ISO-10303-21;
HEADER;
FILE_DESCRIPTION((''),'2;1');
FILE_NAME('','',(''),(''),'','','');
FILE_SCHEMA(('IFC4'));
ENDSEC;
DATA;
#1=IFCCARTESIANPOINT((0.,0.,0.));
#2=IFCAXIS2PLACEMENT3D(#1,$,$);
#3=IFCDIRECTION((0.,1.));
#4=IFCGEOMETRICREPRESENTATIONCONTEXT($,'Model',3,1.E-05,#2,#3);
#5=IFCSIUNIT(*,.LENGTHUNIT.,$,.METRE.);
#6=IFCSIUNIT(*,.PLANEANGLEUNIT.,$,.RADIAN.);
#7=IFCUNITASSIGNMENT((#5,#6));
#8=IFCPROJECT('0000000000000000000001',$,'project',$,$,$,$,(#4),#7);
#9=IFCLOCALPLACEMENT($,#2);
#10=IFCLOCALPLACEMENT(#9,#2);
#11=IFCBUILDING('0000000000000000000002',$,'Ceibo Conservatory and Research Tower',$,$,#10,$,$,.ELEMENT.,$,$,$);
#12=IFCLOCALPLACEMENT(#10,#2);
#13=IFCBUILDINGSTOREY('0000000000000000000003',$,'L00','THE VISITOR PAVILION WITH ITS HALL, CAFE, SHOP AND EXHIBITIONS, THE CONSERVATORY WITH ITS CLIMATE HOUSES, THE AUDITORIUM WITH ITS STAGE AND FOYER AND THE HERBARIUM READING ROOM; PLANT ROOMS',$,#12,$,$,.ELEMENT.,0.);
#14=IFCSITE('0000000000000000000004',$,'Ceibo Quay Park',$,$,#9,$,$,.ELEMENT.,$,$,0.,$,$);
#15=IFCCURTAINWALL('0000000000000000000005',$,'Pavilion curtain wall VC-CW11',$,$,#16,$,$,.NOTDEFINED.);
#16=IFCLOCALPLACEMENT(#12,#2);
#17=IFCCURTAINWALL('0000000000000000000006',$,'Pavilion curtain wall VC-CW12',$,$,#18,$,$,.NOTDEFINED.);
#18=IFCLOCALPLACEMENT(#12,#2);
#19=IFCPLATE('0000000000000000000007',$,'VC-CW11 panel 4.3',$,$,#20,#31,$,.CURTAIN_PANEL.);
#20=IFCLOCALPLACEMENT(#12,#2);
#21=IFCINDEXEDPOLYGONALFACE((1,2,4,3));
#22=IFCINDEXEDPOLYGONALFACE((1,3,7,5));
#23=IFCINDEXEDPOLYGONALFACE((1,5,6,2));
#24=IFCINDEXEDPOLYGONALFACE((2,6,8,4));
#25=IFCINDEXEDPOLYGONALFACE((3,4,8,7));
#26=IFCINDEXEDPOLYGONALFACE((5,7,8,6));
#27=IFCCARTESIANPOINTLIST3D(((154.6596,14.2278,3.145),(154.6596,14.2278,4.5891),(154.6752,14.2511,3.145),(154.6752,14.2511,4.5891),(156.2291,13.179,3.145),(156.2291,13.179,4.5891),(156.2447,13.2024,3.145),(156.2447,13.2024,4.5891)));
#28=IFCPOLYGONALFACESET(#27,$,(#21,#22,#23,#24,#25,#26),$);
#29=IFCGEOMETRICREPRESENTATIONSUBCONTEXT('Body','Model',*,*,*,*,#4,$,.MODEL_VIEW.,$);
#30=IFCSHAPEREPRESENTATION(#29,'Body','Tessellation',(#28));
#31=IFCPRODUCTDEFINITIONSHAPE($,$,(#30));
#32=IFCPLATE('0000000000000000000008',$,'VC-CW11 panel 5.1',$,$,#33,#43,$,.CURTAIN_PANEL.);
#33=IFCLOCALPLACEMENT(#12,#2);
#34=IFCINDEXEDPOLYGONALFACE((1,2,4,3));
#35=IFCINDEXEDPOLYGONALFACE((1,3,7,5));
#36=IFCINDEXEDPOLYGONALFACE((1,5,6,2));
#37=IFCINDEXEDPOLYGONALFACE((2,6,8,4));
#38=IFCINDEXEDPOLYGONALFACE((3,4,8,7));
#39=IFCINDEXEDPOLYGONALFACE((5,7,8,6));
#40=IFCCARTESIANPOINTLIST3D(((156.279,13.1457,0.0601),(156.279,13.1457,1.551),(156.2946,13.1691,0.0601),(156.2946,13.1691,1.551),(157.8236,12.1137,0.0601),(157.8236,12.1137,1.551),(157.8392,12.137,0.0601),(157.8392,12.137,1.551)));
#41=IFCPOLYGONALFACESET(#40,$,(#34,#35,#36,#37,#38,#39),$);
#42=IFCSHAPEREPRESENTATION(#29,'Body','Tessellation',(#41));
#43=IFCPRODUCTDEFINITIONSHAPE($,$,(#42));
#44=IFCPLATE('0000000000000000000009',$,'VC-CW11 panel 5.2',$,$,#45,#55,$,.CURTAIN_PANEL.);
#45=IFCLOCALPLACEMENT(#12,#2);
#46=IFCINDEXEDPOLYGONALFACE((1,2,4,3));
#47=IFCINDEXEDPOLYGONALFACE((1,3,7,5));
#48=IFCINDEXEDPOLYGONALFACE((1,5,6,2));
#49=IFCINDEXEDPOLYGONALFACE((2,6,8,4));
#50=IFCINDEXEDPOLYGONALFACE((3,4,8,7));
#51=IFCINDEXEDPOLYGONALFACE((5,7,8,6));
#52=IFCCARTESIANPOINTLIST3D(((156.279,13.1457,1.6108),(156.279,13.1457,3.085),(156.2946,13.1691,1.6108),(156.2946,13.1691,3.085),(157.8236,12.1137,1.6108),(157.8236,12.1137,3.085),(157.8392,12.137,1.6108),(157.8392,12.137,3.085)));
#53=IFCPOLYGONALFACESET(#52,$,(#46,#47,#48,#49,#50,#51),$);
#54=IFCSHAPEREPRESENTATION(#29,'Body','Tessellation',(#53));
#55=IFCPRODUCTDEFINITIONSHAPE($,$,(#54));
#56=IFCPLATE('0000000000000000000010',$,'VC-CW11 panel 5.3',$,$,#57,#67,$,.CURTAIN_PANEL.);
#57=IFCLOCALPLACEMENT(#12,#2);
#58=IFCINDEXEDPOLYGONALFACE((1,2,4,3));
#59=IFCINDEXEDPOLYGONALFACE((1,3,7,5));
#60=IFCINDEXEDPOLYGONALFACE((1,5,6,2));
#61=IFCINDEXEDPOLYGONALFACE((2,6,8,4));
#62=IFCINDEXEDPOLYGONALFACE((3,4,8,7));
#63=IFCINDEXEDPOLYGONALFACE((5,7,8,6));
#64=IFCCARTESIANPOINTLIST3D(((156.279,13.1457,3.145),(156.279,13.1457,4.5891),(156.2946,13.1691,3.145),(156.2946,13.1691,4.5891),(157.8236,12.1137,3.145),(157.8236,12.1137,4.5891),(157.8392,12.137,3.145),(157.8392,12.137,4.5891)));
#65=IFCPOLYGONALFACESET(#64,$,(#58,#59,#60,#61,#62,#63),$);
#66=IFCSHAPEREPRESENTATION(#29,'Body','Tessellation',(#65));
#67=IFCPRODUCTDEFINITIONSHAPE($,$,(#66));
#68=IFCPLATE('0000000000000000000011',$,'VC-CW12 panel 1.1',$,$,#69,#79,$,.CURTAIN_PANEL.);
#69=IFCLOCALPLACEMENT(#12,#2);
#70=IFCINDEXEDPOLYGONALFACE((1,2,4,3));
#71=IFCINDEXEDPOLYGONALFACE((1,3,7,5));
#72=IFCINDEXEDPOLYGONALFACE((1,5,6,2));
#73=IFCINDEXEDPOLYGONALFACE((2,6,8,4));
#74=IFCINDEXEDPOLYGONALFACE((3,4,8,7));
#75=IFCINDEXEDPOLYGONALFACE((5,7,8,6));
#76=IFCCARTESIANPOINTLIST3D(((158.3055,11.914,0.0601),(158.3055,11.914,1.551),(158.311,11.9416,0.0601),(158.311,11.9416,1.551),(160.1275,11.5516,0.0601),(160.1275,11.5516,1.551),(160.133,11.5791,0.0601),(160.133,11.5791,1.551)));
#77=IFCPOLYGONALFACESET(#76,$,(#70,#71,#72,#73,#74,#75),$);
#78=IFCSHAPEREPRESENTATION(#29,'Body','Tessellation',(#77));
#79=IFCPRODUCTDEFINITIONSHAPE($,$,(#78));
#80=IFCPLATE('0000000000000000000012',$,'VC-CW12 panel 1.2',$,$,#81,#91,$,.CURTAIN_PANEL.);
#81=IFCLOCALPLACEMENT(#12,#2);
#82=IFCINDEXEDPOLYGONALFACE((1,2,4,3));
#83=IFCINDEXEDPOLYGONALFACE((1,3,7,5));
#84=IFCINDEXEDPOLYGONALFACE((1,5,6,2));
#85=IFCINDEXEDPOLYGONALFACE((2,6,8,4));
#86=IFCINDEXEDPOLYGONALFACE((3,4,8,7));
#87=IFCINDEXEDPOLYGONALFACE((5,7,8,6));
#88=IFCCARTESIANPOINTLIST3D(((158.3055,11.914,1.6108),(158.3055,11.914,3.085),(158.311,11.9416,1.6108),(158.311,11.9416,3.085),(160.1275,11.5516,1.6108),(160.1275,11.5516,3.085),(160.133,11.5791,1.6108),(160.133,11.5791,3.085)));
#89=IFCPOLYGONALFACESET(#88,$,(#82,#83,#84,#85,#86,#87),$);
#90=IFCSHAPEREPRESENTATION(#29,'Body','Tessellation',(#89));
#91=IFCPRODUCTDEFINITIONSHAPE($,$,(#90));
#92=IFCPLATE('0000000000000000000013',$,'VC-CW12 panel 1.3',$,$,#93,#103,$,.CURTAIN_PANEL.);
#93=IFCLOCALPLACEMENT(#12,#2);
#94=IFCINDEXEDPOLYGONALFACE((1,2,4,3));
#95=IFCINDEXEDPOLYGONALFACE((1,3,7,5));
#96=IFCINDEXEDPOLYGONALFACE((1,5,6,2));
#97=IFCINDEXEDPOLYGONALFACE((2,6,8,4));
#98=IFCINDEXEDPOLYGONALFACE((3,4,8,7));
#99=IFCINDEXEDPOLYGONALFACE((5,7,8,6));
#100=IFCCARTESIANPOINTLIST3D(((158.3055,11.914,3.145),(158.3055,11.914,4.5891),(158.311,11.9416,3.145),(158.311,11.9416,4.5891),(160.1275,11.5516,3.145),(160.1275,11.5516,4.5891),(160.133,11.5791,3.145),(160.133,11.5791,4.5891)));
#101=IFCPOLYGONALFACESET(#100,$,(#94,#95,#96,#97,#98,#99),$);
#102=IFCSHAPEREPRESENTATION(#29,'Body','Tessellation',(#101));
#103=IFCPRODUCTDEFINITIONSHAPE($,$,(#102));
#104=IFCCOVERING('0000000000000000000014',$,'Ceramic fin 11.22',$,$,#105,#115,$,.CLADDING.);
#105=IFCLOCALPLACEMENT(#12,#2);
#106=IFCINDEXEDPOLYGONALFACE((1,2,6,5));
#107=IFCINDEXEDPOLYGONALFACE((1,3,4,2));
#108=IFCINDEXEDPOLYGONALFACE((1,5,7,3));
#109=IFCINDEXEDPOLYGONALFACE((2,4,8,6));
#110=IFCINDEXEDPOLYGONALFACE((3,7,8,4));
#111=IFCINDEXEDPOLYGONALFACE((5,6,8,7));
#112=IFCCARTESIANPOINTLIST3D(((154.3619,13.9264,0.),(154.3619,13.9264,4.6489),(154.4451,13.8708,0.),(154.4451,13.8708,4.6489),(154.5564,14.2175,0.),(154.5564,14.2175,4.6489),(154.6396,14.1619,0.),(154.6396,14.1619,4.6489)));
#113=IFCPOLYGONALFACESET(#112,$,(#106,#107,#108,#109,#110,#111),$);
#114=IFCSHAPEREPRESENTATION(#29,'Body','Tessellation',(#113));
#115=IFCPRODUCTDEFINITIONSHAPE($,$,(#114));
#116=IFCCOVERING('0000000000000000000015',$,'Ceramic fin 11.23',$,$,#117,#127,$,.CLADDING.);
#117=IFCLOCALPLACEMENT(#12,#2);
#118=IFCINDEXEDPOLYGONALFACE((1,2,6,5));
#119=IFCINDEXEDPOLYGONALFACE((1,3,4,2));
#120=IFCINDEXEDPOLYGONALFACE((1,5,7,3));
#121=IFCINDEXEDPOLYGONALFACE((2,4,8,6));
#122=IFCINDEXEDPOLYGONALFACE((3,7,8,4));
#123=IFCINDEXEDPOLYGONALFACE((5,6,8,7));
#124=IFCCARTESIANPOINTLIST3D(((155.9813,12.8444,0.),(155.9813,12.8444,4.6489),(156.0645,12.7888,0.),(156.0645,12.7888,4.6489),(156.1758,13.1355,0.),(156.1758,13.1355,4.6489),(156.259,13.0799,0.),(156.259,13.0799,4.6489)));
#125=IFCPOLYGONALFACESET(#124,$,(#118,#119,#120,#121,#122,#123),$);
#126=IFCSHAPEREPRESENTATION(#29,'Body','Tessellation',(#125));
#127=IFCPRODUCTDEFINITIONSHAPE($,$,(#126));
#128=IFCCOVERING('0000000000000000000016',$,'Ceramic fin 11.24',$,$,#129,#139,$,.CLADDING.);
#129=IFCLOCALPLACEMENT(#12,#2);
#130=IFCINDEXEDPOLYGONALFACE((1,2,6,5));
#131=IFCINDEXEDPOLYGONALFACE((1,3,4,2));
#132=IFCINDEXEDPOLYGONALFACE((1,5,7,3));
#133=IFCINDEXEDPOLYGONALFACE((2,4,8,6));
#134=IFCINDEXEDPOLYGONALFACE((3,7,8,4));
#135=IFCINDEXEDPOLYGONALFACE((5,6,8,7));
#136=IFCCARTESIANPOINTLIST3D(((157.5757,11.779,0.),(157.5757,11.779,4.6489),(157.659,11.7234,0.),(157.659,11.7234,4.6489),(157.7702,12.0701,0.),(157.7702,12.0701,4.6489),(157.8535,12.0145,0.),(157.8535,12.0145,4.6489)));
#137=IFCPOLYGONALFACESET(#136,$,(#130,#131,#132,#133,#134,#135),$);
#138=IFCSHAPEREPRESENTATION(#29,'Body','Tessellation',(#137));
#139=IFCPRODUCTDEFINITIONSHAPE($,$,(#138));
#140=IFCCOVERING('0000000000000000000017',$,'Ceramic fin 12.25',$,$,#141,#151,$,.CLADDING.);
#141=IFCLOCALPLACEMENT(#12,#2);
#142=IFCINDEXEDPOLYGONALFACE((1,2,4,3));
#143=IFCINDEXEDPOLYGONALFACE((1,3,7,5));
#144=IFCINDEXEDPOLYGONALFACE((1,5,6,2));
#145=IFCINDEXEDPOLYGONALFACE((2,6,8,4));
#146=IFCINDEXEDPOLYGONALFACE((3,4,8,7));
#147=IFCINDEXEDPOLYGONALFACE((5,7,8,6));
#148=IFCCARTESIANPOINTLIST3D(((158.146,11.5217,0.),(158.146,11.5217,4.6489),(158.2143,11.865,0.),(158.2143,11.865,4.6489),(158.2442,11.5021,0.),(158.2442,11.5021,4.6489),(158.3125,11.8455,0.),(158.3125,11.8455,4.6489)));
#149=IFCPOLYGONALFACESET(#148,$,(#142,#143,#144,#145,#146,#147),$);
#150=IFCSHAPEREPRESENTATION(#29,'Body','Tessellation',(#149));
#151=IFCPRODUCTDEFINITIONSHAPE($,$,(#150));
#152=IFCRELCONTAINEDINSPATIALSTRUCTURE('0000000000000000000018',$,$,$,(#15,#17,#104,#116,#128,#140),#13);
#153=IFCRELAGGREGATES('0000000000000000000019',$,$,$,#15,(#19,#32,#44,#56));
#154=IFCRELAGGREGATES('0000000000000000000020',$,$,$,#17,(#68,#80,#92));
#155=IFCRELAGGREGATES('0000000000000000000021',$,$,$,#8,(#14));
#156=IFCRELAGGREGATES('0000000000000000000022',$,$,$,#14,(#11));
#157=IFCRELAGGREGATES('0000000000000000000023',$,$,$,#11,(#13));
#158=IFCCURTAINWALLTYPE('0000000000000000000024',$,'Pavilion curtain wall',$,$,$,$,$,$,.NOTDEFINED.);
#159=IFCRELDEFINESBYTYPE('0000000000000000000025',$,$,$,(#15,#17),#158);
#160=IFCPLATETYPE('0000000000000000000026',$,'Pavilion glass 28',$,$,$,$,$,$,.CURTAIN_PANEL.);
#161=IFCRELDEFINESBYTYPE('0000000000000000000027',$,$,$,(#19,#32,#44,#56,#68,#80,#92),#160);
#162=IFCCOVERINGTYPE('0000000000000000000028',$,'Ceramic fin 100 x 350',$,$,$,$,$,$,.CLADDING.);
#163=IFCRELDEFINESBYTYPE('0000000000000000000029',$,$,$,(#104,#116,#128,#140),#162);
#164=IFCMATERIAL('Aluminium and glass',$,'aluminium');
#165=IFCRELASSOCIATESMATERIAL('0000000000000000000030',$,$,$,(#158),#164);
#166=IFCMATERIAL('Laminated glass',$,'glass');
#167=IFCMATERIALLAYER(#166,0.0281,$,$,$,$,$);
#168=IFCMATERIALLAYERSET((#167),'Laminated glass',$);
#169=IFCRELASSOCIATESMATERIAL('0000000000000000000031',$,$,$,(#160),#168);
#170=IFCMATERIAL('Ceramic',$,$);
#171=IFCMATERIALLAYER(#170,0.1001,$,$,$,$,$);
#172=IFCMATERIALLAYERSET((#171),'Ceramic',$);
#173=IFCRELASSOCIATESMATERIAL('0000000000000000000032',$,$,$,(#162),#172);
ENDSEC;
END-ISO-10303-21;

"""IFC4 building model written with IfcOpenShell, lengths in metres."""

from ifc_helpers import new_model, si_unit, direction, frame, origin, origin_2d, place, context, subcontext, project, spatial, rectangle, extrude, material, layer, layer_set, type_object, element, aggregate, save


model = new_model("IFC4")

# Units and contexts
model_context = context("Model", 3, precision=1e-05, world=origin(), true_north=direction((0.0, 1.0)))
body_context = subcontext(model_context, "Body", "Model", "MODEL_VIEW")
ifc_project = project(units=[si_unit("LENGTHUNIT", "METRE"), si_unit("PLANEANGLEUNIT", "RADIAN")], contexts=[model_context])

# Site, building, storey
site_placement = place(None, origin())
site = spatial("IfcSite", under=ifc_project, at=site_placement, Name="Ceibo Quay Park", CompositionType="ELEMENT", RefElevation=0.0)
building_placement = place(site_placement, origin())
building = spatial("IfcBuilding", under=site, at=building_placement, Name="Ceibo Conservatory and Research Tower", CompositionType="ELEMENT")
storey_placement = place(building_placement, origin())
storey = spatial("IfcBuildingStorey", under=building, at=storey_placement, Name="L00", Description="THE VISITOR PAVILION WITH ITS HALL, CAFE, SHOP AND EXHIBITIONS, THE CONSERVATORY WITH ITS CLIMATE HOUSES, THE AUDITORIUM WITH ITS STAGE AND FOYER AND THE HERBARIUM READING ROOM; PLANT ROOMS", CompositionType="ELEMENT", Elevation=0.0)

# Curtain wall
ifc_material_1 = material(Name="Aluminium and glass", Category="aluminium")
curtain_wall_type = type_object("IfcCurtainWallType", Name="Pavilion curtain wall", PredefinedType="NOTDEFINED", material=ifc_material_1)
curtain_wall_1_placement = place(storey_placement, origin())
curtain_wall_1 = element("IfcCurtainWall", 1, at=curtain_wall_1_placement, inside=storey, type_object=curtain_wall_type, Name="Pavilion curtain wall VC-CW11", PredefinedType="NOTDEFINED")

# Curtain wall
curtain_wall_2_placement = place(storey_placement, origin())
curtain_wall_2 = element("IfcCurtainWall", 2, at=curtain_wall_2_placement, inside=storey, type_object=curtain_wall_type, Name="Pavilion curtain wall VC-CW12", PredefinedType="NOTDEFINED")

# Plates
ifc_material_2 = material(Name="Laminated glass", Category="glass")
ifc_layer_1 = layer(ifc_material_2, 0.0281)
ifc_layer_set_1 = layer_set([ifc_layer_1], Name="Laminated glass")
plate_type = type_object("IfcPlateType", Name="Pavilion glass 28", PredefinedType="CURTAIN_PANEL", material=ifc_layer_set_1)
plate_1_placement = place(storey_placement, frame((155.4521, 13.7151, 3.145), z_axis=(0.0, 0.0, 1.0), x_axis=(0.83147, -0.55557, 0.0)))
plate_1 = element("IfcPlate", 3, at=plate_1_placement, type_object=plate_type, Name="VC-CW11 panel 4.3", PredefinedType="CURTAIN_PANEL", context=body_context, shape_type="SweptSolid", body=[
    extrude(rectangle(XDim=1.8877, YDim=0.0281, at=origin_2d()), origin(), (0.0, 0.0, 1.0), 1.4441),
])
plate_2_placement = place(storey_placement, frame((157.0591, 12.6414, 0.0601), z_axis=(0.0, 0.0, 1.0), x_axis=(0.83147, -0.55557, 0.0)))
plate_2 = element("IfcPlate", 4, at=plate_2_placement, type_object=plate_type, Name="VC-CW11 panel 5.1", PredefinedType="CURTAIN_PANEL", context=body_context, shape_type="SweptSolid", body=[
    extrude(rectangle(XDim=1.8577, YDim=0.0281, at=origin_2d()), origin(), (0.0, 0.0, 1.0), 1.491),
])
plate_3_placement = place(storey_placement, frame((157.0591, 12.6414, 1.6108), z_axis=(0.0, 0.0, 1.0), x_axis=(0.83147, -0.55557, 0.0)))
plate_3 = element("IfcPlate", 5, at=plate_3_placement, type_object=plate_type, Name="VC-CW11 panel 5.2", PredefinedType="CURTAIN_PANEL", context=body_context, shape_type="SweptSolid", body=[
    extrude(rectangle(XDim=1.8577, YDim=0.0281, at=origin_2d()), origin(), (0.0, 0.0, 1.0), 1.4741),
])
plate_4_placement = place(storey_placement, frame((157.0591, 12.6414, 3.145), z_axis=(0.0, 0.0, 1.0), x_axis=(0.83147, -0.55557, 0.0)))
plate_4 = element("IfcPlate", 6, at=plate_4_placement, type_object=plate_type, Name="VC-CW11 panel 5.3", PredefinedType="CURTAIN_PANEL", context=body_context, shape_type="SweptSolid", body=[
    extrude(rectangle(XDim=1.8577, YDim=0.0281, at=origin_2d()), origin(), (0.0, 0.0, 1.0), 1.4441),
])
aggregate(curtain_wall_1, [plate_1, plate_2, plate_3, plate_4])
plate_5_placement = place(storey_placement, frame((159.2192, 11.7466, 0.0601), z_axis=(0.0, 0.0, 1.0), x_axis=(0.980785, -0.19509, 0.0)))
plate_5 = element("IfcPlate", 7, at=plate_5_placement, type_object=plate_type, Name="VC-CW12 panel 1.1", PredefinedType="CURTAIN_PANEL", context=body_context, shape_type="SweptSolid", body=[
    extrude(rectangle(XDim=1.8577, YDim=0.0281, at=origin_2d()), origin(), (0.0, 0.0, 1.0), 1.491),
])
plate_6_placement = place(storey_placement, frame((159.2192, 11.7466, 1.6108), z_axis=(0.0, 0.0, 1.0), x_axis=(0.980785, -0.19509, 0.0)))
plate_6 = element("IfcPlate", 8, at=plate_6_placement, type_object=plate_type, Name="VC-CW12 panel 1.2", PredefinedType="CURTAIN_PANEL", context=body_context, shape_type="SweptSolid", body=[
    extrude(rectangle(XDim=1.8577, YDim=0.0281, at=origin_2d()), origin(), (0.0, 0.0, 1.0), 1.4741),
])
plate_7_placement = place(storey_placement, frame((159.2192, 11.7466, 3.145), z_axis=(0.0, 0.0, 1.0), x_axis=(0.980785, -0.19509, 0.0)))
plate_7 = element("IfcPlate", 9, at=plate_7_placement, type_object=plate_type, Name="VC-CW12 panel 1.3", PredefinedType="CURTAIN_PANEL", context=body_context, shape_type="SweptSolid", body=[
    extrude(rectangle(XDim=1.8577, YDim=0.0281, at=origin_2d()), origin(), (0.0, 0.0, 1.0), 1.4441),
])
aggregate(curtain_wall_2, [plate_5, plate_6, plate_7])

# Coverings
ifc_material_3 = material(Name="Ceramic")
ifc_layer_2 = layer(ifc_material_3, 0.1001)
ifc_layer_set_2 = layer_set([ifc_layer_2], Name="Ceramic")
covering_type = type_object("IfcCoveringType", Name="Ceramic fin 100 x 350", PredefinedType="CLADDING", material=ifc_layer_set_2)
for number, where, z_axis, x_axis, name in (
    (10, (154.5007, 14.0442, 0.0), (0.0, 0.0, 1.0), (-0.83147, 0.55557, 0.0), "Ceramic fin 11.22"),
    (11, (156.1201, 12.9622, 0.0), (0.0, 0.0, 1.0), (-0.83147, 0.55557, 0.0), "Ceramic fin 11.23"),
    (12, (157.7146, 11.8967, 0.0), (0.0, 0.0, 1.0), (-0.83147, 0.55557, 0.0), "Ceramic fin 11.24"),
    (13, (158.2292, 11.6836, 0.0), (0.0, 0.0, 1.0), (-0.980785, 0.19509, 0.0), "Ceramic fin 12.25"),
):
    element("IfcCovering", number, at=place(storey_placement, frame(where, z_axis=z_axis, x_axis=x_axis)), inside=storey, type_object=covering_type, Name=name, PredefinedType="CLADDING", context=body_context, shape_type="SweptSolid", body=[
        extrude(rectangle(XDim=0.1001, YDim=0.3501, at=origin_2d()), origin(), (0.0, 0.0, 1.0), 4.6489),
    ])

save(model, "model.ifc")
